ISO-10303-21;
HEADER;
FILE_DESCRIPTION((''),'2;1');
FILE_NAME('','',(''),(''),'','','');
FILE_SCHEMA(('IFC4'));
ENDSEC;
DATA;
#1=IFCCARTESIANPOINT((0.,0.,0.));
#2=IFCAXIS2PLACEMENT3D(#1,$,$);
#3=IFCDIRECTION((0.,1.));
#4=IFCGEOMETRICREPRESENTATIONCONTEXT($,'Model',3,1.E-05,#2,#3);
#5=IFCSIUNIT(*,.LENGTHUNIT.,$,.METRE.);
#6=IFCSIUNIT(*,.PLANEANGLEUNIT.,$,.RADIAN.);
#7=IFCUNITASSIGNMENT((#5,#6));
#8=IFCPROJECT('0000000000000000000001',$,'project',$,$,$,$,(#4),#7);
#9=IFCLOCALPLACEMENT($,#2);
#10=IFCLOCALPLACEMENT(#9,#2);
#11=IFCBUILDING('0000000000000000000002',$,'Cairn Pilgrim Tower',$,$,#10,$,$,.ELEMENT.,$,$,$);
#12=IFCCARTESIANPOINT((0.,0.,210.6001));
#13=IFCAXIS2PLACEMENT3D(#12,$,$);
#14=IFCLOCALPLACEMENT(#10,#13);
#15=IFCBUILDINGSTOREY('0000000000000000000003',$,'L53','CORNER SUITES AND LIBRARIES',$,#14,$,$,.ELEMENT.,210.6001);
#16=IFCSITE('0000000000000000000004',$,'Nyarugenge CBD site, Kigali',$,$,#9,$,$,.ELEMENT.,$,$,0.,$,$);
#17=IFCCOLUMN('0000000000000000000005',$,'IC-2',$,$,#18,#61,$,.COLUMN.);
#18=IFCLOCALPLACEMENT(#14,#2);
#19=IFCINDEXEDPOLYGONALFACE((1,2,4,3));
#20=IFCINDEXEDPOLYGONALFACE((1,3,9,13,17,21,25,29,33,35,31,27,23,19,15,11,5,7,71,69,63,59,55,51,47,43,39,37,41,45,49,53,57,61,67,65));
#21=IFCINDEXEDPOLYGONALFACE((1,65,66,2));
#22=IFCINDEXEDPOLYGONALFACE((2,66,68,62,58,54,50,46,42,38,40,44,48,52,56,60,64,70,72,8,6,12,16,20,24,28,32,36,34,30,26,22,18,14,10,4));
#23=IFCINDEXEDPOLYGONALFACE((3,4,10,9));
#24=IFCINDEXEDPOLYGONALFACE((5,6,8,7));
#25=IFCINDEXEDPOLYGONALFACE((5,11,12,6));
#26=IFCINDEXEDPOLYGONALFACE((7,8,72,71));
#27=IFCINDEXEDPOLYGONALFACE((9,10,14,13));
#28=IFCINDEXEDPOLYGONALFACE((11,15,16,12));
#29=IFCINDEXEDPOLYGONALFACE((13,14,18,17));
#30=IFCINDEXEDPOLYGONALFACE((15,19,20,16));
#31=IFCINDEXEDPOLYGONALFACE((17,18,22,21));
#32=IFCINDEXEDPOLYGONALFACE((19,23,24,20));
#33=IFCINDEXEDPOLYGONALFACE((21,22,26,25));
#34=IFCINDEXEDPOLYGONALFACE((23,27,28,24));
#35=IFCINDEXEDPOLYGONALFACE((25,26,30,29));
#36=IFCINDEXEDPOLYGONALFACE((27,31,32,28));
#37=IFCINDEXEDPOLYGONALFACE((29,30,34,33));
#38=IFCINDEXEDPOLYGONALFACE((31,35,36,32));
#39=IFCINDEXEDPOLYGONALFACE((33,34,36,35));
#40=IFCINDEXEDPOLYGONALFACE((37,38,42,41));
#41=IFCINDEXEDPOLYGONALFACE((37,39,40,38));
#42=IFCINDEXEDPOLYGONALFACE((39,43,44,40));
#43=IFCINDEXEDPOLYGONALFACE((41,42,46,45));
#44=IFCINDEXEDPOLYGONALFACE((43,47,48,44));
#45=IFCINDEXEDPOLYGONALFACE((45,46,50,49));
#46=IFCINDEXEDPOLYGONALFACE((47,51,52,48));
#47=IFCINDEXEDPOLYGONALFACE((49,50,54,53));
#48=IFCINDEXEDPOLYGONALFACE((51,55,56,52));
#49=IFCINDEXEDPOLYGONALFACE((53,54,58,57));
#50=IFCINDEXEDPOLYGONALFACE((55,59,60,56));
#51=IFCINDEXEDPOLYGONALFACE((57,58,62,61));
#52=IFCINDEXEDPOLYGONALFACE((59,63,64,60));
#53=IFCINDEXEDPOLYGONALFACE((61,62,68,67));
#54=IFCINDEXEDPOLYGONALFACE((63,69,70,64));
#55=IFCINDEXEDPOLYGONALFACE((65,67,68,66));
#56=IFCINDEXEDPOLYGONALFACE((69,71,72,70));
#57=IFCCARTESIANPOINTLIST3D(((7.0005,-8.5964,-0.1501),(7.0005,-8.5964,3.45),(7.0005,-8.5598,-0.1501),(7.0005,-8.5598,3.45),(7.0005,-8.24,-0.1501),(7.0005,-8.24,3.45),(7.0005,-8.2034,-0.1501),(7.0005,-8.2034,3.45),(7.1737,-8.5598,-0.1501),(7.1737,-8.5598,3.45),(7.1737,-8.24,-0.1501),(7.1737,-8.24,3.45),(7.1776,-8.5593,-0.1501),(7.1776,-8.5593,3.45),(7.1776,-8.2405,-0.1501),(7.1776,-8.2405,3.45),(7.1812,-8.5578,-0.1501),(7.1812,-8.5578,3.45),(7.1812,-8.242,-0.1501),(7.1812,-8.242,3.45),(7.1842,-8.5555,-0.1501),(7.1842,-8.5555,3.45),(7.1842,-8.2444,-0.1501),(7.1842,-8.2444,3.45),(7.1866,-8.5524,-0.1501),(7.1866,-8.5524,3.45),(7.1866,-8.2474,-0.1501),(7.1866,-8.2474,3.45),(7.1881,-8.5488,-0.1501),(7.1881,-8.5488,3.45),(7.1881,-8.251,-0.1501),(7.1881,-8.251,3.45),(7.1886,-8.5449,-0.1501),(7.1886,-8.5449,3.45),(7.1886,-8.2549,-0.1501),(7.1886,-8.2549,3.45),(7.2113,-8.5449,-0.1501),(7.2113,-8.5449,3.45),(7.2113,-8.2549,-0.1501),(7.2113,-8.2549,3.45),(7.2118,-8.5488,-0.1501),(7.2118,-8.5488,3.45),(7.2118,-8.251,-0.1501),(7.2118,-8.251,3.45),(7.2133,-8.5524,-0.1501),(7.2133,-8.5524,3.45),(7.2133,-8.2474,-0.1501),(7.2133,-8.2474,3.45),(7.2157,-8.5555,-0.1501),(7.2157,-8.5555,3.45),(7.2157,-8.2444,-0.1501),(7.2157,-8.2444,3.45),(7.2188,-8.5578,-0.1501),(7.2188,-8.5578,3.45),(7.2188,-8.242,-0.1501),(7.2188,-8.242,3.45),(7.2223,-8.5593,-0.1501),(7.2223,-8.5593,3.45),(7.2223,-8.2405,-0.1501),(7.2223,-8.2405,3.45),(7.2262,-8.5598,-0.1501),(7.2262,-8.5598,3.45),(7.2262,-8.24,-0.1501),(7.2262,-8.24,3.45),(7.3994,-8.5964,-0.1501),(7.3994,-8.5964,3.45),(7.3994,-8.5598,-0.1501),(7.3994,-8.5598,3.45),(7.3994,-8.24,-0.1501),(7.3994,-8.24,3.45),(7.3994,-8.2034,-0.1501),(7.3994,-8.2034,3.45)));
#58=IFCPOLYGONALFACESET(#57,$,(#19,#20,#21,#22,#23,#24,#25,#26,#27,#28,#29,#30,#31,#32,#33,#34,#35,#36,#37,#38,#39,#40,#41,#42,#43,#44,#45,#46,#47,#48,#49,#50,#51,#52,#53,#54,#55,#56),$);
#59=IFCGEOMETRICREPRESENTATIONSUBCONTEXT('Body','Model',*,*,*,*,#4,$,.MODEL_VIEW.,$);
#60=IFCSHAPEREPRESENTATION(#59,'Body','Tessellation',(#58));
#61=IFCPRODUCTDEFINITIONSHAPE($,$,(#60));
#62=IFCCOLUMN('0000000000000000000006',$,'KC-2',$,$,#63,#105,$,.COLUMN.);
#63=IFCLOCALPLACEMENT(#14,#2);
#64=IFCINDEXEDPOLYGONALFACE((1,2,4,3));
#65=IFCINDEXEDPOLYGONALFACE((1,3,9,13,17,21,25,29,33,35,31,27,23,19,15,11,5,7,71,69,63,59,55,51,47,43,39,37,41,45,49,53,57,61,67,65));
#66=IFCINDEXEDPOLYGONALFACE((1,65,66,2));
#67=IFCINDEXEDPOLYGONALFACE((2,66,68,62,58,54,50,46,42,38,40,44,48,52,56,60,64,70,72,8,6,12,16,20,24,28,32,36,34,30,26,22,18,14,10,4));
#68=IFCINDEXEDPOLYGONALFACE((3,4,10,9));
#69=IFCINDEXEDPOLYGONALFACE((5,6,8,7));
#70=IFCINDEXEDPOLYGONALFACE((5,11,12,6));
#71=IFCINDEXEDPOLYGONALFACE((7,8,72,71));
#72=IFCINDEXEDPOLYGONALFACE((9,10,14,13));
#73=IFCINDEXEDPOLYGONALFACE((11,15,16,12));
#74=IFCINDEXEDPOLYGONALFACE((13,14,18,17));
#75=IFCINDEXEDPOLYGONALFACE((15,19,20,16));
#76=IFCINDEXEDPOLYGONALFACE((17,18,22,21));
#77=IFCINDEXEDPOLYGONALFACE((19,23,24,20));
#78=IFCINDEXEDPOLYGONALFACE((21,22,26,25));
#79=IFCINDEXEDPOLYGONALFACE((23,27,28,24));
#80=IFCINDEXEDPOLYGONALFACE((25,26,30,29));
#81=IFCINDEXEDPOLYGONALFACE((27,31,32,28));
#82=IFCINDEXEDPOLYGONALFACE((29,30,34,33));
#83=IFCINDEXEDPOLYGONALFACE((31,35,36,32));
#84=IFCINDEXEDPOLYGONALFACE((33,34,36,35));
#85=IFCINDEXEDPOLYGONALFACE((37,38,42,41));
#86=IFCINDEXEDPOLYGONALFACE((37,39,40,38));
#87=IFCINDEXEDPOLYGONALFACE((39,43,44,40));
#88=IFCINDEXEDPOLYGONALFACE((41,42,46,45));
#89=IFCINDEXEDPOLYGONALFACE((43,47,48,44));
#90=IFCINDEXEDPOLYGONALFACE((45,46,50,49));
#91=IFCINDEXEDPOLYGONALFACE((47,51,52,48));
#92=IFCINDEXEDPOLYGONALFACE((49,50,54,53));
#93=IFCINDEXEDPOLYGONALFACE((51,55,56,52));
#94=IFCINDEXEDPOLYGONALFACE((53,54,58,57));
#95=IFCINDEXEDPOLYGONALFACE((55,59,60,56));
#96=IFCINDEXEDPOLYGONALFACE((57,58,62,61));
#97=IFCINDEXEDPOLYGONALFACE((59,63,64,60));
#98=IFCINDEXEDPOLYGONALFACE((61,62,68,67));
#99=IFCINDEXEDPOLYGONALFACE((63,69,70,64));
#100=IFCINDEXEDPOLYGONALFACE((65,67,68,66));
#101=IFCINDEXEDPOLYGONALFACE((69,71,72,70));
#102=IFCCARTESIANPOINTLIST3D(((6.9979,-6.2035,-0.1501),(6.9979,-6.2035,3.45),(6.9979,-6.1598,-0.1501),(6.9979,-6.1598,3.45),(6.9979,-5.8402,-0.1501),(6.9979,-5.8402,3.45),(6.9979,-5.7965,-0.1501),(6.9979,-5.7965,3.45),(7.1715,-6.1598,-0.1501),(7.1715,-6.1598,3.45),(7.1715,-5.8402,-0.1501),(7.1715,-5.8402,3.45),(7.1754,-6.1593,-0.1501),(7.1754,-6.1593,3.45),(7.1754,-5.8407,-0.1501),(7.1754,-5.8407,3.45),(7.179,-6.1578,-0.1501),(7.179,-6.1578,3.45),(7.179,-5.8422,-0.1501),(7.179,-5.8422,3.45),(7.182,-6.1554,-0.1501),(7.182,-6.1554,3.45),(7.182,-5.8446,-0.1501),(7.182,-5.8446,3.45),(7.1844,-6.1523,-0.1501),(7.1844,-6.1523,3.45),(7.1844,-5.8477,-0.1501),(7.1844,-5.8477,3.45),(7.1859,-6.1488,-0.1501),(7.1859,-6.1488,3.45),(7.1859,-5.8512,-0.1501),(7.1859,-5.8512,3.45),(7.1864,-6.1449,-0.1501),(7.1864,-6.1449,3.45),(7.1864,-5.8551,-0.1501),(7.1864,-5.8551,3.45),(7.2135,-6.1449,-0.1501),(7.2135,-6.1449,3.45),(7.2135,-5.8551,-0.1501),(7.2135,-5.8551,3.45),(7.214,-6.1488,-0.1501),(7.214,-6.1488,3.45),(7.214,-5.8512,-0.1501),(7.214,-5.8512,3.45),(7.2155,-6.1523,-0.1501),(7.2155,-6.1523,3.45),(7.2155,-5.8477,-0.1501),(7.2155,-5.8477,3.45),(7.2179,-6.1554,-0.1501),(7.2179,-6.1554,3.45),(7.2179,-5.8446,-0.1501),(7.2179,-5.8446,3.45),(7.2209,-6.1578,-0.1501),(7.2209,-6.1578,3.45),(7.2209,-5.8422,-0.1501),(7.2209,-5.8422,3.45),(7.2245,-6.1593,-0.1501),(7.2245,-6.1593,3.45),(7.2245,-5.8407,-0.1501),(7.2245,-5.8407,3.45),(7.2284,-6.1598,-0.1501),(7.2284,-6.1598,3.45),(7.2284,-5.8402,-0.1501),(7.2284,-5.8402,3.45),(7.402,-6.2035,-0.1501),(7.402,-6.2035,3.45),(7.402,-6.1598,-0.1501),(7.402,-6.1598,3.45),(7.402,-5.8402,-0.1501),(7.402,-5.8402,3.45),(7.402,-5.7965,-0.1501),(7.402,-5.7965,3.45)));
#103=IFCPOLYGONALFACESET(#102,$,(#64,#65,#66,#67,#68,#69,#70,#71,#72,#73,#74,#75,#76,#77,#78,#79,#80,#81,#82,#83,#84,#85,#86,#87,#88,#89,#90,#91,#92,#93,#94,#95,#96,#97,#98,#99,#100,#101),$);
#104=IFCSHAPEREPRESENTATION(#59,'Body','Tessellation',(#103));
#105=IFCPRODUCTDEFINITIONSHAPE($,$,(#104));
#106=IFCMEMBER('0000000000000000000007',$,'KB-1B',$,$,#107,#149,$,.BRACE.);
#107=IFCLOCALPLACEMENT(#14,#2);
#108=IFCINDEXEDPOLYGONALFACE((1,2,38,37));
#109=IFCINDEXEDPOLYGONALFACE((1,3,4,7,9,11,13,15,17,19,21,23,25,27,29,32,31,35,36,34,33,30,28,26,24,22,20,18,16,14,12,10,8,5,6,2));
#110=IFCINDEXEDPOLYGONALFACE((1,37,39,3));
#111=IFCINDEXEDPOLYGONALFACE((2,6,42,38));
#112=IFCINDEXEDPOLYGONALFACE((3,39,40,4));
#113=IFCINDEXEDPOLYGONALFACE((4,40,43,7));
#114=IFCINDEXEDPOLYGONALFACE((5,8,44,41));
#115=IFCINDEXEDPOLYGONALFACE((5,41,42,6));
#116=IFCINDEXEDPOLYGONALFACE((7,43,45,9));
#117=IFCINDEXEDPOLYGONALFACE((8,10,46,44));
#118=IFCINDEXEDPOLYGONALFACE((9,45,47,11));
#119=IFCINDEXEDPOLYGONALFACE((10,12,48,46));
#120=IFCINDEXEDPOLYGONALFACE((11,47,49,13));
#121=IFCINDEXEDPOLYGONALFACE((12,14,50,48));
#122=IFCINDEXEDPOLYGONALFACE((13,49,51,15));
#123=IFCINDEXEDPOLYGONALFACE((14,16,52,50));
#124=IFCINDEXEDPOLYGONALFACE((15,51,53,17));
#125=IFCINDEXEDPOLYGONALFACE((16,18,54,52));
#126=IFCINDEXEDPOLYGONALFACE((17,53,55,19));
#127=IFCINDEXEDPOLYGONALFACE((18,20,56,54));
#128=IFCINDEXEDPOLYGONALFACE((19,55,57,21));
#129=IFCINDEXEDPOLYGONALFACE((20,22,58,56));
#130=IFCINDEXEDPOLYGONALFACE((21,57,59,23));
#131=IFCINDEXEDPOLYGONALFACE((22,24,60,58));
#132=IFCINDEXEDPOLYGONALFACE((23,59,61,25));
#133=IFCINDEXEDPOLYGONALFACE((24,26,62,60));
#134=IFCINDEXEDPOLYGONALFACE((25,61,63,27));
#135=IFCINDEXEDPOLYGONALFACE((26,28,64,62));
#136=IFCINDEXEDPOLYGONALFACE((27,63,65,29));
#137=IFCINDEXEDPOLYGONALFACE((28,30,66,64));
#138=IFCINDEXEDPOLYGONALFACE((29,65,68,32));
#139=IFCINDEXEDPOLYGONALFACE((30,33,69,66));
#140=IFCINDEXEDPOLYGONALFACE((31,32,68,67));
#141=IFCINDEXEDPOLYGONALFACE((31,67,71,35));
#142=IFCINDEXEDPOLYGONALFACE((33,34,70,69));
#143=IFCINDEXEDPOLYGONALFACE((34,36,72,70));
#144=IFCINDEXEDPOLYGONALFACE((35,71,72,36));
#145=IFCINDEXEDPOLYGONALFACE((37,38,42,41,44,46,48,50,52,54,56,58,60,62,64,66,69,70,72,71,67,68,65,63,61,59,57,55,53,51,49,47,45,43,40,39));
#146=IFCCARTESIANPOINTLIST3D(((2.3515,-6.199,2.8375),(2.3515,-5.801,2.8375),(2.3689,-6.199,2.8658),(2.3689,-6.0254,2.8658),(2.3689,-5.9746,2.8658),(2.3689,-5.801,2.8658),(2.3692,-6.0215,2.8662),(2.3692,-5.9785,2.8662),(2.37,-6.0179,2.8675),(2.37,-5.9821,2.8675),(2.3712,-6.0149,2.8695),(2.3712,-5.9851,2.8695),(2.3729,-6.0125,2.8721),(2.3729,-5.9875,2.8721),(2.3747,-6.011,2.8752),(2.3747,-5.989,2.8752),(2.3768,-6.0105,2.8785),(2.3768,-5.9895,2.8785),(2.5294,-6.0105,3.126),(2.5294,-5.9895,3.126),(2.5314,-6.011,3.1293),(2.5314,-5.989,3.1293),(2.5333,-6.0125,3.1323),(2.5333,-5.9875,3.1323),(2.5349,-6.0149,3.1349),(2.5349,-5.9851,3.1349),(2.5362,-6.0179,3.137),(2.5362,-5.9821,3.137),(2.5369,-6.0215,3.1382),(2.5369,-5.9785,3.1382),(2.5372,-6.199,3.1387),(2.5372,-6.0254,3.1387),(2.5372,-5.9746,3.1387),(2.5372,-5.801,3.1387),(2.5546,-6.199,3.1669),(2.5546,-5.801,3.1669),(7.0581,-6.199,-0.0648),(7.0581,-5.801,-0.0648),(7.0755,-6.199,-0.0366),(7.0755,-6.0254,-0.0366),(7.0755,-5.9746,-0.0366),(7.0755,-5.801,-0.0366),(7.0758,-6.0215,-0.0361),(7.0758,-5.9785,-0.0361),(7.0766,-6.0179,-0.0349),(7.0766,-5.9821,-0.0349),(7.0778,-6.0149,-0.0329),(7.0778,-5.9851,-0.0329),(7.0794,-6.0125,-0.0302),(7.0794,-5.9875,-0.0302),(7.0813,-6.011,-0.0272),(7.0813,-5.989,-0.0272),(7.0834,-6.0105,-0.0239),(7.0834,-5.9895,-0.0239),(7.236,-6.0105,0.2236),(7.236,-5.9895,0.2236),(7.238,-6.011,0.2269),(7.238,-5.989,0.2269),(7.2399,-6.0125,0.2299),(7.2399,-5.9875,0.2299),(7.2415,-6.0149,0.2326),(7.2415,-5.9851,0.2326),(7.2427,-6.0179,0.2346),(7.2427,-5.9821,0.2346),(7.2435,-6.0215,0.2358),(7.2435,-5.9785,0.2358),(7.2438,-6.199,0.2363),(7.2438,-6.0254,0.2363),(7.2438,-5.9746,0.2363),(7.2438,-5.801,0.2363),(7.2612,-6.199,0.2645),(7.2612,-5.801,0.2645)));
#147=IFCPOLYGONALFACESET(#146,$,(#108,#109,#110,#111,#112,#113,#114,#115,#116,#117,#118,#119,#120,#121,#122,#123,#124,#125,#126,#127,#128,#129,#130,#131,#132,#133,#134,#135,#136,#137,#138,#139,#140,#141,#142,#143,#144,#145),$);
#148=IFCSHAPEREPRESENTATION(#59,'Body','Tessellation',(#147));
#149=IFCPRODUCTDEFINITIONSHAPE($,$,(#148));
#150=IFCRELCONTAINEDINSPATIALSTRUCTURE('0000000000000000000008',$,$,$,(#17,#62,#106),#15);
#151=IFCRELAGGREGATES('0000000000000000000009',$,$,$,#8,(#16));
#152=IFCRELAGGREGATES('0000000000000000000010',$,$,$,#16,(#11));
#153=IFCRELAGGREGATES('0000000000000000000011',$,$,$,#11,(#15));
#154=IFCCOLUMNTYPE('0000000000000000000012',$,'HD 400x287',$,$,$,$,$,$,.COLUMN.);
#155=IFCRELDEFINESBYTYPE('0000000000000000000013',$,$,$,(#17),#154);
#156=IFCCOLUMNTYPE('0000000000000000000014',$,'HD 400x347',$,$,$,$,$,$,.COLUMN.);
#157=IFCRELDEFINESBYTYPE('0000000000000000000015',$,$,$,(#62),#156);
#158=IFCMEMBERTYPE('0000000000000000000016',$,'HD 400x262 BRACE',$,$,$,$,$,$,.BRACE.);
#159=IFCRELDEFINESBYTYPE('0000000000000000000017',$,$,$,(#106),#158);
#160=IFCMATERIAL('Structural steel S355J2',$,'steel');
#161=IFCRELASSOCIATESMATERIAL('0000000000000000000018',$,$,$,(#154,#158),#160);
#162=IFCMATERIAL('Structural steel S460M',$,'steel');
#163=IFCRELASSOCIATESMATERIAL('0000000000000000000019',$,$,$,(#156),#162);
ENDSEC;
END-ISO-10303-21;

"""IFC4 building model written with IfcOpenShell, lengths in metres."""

from ifc_helpers import new_model, si_unit, direction, frame, origin, origin_2d, place, context, subcontext, project, spatial, i_section, extrude, material, material_profile, profile_set, type_object, element, save


model = new_model("IFC4")

# Units and contexts
model_context = context("Model", 3, precision=1e-05, world=origin(), true_north=direction((0.0, 1.0)))
body_context = subcontext(model_context, "Body", "Model", "MODEL_VIEW")
ifc_project = project(units=[si_unit("LENGTHUNIT", "METRE"), si_unit("PLANEANGLEUNIT", "RADIAN")], contexts=[model_context])

# Site, building, storey
site_placement = place(None, origin())
site = spatial("IfcSite", under=ifc_project, at=site_placement, Name="Nyarugenge CBD site, Kigali", CompositionType="ELEMENT", RefElevation=0.0)
building_placement = place(site_placement, origin())
building = spatial("IfcBuilding", under=site, at=building_placement, Name="Cairn Pilgrim Tower", CompositionType="ELEMENT")
storey_placement = place(building_placement, frame((0.0, 0.0, 210.6001)))
storey = spatial("IfcBuildingStorey", under=building, at=storey_placement, Name="L53", Description="CORNER SUITES AND LIBRARIES", CompositionType="ELEMENT", Elevation=210.6001)

# Columns
ifc_material_1 = material(Name="Structural steel S355J2", Category="steel")
ifc_material_profile_1 = material_profile(ifc_material_1, i_section(OverallWidth=0.3989, OverallDepth=0.3931, WebThickness=0.0227, FlangeThickness=0.0366, FilletRadius=0.0149, at=origin_2d()), Name="HD 400x287")
ifc_profile_set_1 = profile_set([ifc_material_profile_1], Name="Structural steel S355J2")
column_type_1 = type_object("IfcColumnType", Name="HD 400x287", PredefinedType="COLUMN", material=ifc_profile_set_1)
column_1_placement = place(storey_placement, frame((7.2, -8.3999, -0.1501), z_axis=(0.0, 0.0, 1.0), x_axis=(1.0, 0.0, 0.0)))
element("IfcColumn", 1, at=column_1_placement, inside=storey, type_object=column_type_1, Name="IC-2", PredefinedType="COLUMN", context=body_context, shape_type="SweptSolid", body=[
    extrude(i_section(OverallWidth=0.3989, OverallDepth=0.3931, WebThickness=0.0227, FlangeThickness=0.0366, FilletRadius=0.0149, at=origin_2d()), origin(), (0.0, 0.0, 1.0), 3.6001),
])
ifc_material_2 = material(Name="Structural steel S460M", Category="steel")
ifc_material_profile_2 = material_profile(ifc_material_2, i_section(OverallWidth=0.4041, OverallDepth=0.407, WebThickness=0.0271, FlangeThickness=0.0437, FilletRadius=0.0149, at=origin_2d()), Name="HD 400x347")
ifc_profile_set_2 = profile_set([ifc_material_profile_2], Name="Structural steel S460M")
column_type_2 = type_object("IfcColumnType", Name="HD 400x347", PredefinedType="COLUMN", material=ifc_profile_set_2)
column_2_placement = place(storey_placement, frame((7.2, -6.0, -0.1501), z_axis=(0.0, 0.0, 1.0), x_axis=(1.0, 0.0, 0.0)))
element("IfcColumn", 2, at=column_2_placement, inside=storey, type_object=column_type_2, Name="KC-2", PredefinedType="COLUMN", context=body_context, shape_type="SweptSolid", body=[
    extrude(i_section(OverallWidth=0.4041, OverallDepth=0.407, WebThickness=0.0271, FlangeThickness=0.0437, FilletRadius=0.0149, at=origin_2d()), origin(), (0.0, 0.0, 1.0), 3.6001),
])

# Member
ifc_material_profile_3 = material_profile(ifc_material_1, i_section(OverallWidth=0.3979, OverallDepth=0.387, WebThickness=0.021, FlangeThickness=0.0332, FilletRadius=0.0149, at=origin_2d()), Name="HD 400x262")
ifc_profile_set_3 = profile_set([ifc_material_profile_3], Name="Structural steel S355J2")
member_type = type_object("IfcMemberType", Name="HD 400x262 BRACE", PredefinedType="BRACE", material=ifc_profile_set_3)
member_placement = place(storey_placement, frame((7.1597, -6.0, 0.0999), z_axis=(-0.851173, 0.0, 0.524886), x_axis=(0.0, -1.0, 0.0)))
element("IfcMember", 3, at=member_placement, inside=storey, type_object=member_type, Name="KB-1B", PredefinedType="BRACE", context=body_context, shape_type="SweptSolid", body=[
    extrude(i_section(OverallWidth=0.3979, OverallDepth=0.387, WebThickness=0.021, FlangeThickness=0.0332, FilletRadius=0.0149, at=origin_2d()), origin(), (0.0, 0.0, 1.0), 5.5295),
])

save(model, "model.ifc")
